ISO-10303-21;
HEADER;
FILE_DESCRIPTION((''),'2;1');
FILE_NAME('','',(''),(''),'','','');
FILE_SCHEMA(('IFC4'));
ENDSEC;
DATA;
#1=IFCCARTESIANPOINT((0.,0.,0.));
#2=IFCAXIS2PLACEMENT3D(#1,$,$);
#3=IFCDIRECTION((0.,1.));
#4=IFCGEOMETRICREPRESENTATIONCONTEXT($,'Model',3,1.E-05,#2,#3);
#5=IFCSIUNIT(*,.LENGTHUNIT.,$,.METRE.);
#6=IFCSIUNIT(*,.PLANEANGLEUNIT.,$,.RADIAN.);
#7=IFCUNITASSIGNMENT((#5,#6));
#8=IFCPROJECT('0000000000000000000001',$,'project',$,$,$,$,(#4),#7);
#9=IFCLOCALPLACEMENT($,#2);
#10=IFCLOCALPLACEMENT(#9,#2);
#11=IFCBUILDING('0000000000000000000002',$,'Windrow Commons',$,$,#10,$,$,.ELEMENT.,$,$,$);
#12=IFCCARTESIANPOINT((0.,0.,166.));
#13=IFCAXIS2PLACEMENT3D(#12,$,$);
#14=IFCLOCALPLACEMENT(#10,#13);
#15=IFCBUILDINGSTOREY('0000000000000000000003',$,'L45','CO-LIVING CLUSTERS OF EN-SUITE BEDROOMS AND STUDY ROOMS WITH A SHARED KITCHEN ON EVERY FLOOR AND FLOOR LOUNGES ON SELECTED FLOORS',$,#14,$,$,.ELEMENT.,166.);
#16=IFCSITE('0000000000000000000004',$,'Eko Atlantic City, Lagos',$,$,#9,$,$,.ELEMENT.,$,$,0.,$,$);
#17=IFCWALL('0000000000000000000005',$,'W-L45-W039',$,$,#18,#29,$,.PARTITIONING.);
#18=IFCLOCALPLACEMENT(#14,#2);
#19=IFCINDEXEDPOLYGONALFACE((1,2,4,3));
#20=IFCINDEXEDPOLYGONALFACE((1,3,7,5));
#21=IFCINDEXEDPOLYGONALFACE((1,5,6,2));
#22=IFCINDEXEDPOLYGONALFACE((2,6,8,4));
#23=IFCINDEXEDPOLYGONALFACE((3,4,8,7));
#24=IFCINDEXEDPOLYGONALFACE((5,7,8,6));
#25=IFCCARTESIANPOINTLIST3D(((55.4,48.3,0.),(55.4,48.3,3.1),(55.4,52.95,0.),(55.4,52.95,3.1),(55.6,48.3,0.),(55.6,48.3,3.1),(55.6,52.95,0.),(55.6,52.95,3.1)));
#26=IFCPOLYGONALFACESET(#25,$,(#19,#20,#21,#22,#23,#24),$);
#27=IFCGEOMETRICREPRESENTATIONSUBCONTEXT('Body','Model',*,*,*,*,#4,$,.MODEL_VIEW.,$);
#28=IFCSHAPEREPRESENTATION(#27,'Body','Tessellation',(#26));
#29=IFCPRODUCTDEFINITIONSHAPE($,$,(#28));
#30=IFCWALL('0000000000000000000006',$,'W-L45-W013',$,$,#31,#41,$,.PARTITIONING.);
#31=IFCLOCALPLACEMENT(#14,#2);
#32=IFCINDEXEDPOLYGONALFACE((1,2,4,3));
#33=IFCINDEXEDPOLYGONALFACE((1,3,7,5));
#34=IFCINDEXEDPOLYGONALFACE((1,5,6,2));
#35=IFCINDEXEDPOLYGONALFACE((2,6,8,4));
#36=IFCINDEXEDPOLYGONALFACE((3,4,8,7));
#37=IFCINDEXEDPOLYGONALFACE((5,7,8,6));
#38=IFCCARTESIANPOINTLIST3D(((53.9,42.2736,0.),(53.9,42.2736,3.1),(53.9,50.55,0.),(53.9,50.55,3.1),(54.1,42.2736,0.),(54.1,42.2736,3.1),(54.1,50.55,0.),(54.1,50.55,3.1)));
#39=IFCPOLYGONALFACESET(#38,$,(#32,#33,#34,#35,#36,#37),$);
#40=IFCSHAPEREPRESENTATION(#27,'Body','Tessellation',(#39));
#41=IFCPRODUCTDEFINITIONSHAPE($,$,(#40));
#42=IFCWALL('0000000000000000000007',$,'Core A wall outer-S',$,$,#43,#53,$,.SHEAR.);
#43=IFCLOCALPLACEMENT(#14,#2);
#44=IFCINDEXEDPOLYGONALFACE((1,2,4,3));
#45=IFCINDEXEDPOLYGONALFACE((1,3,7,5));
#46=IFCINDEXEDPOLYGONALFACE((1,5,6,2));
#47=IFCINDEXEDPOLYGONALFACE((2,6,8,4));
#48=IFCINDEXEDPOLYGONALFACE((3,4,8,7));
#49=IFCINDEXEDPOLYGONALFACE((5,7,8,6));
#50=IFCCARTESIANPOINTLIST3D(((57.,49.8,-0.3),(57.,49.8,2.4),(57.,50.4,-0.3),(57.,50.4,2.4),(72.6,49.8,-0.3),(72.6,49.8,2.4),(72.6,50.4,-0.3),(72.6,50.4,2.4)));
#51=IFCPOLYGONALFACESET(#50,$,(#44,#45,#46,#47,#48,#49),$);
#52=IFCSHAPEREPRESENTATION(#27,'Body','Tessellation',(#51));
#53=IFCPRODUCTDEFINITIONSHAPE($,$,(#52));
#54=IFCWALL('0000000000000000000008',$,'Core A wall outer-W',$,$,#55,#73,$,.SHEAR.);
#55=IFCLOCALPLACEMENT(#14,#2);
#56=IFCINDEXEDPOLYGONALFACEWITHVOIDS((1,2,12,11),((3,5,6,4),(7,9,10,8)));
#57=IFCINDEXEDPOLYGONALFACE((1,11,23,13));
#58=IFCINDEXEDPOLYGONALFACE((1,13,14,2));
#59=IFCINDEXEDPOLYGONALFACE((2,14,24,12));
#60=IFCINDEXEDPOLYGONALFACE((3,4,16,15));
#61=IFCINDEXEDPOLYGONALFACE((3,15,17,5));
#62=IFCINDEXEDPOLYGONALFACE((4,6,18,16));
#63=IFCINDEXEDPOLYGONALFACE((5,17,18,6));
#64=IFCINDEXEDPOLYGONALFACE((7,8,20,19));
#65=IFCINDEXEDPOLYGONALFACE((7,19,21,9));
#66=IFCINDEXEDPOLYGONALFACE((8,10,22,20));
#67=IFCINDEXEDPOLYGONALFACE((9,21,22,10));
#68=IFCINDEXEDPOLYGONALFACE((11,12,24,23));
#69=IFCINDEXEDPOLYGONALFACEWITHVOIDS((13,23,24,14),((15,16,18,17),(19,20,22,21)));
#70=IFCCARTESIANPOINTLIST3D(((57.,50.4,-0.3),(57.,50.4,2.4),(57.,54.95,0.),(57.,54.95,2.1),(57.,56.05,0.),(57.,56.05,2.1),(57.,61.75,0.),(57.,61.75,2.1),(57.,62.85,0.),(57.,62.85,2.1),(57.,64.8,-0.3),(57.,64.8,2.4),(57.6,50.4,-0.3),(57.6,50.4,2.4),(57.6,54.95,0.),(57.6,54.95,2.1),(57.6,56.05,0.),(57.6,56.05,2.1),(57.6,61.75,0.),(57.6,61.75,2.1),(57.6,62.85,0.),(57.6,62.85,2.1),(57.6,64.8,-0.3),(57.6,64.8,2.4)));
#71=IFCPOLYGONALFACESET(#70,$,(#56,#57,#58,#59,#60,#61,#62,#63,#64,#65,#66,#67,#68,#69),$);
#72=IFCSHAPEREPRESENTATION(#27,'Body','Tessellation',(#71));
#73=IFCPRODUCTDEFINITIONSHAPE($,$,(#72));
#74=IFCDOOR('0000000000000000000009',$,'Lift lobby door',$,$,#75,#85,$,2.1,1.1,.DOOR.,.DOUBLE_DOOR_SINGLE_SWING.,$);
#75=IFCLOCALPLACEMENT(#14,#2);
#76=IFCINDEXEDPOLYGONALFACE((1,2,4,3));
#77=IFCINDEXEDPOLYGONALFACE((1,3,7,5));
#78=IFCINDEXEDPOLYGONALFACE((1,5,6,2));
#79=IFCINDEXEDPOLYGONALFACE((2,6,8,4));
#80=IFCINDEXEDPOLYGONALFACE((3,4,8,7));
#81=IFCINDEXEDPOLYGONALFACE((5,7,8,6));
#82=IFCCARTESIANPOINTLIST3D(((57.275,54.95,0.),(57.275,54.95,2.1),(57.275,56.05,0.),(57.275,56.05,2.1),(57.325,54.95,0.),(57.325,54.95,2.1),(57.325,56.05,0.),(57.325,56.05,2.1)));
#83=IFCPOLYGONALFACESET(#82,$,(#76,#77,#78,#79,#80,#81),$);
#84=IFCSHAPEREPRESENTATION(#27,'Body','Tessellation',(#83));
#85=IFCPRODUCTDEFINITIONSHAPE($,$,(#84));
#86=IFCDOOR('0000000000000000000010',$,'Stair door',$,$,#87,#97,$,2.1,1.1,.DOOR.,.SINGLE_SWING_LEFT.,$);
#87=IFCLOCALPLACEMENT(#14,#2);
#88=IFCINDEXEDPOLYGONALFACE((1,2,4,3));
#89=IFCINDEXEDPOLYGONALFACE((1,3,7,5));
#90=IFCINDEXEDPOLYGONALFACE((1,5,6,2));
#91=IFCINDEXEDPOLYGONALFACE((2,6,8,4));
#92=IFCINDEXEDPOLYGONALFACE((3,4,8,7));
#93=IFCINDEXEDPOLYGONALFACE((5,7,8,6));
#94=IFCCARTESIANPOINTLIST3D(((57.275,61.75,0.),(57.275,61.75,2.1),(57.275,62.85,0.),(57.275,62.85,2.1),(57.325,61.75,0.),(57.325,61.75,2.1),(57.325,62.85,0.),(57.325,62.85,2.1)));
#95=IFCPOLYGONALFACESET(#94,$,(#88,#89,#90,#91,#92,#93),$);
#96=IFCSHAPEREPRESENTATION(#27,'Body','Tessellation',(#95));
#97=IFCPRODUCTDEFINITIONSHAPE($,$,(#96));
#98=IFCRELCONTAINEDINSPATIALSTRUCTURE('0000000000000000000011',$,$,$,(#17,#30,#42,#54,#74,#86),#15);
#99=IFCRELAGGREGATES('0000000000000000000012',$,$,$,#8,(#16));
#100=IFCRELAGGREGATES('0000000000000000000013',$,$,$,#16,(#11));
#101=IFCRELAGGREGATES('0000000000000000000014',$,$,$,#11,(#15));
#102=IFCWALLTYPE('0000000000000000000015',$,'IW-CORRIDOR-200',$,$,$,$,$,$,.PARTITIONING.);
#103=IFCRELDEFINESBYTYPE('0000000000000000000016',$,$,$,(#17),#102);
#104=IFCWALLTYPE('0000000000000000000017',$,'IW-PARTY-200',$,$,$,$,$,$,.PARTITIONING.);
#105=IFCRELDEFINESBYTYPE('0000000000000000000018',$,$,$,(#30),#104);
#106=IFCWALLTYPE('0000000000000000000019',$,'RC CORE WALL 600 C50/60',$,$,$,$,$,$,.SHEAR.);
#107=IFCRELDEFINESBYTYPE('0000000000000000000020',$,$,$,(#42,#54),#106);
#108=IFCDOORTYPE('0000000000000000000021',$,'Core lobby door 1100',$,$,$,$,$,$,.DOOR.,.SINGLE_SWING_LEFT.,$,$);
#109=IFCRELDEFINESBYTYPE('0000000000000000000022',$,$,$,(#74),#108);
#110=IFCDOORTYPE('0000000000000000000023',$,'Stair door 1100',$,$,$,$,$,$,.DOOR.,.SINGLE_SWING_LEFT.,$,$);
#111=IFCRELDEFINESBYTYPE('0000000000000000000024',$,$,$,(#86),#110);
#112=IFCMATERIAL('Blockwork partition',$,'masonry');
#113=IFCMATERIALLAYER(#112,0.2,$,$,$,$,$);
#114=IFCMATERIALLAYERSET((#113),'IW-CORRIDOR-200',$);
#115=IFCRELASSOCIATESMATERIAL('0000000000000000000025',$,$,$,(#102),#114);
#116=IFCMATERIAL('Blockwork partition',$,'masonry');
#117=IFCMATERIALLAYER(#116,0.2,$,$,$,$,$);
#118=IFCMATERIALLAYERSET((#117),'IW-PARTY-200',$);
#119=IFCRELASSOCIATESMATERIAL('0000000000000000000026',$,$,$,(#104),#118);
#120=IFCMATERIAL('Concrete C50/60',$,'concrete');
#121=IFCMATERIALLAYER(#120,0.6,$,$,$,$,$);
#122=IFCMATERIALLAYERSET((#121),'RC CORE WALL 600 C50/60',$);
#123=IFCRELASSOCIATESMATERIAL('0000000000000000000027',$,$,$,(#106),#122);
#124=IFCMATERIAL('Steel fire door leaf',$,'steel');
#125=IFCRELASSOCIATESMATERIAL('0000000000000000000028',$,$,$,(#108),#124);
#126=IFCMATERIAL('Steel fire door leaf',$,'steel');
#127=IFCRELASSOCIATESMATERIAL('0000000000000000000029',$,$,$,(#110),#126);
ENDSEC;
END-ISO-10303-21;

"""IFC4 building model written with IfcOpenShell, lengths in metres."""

from ifc_helpers import new_model, si_unit, direction, frame, frame_2d, origin, place, context, subcontext, project, spatial, rectangle, extrude, material, layer, layer_set, type_object, element, fill, save


model = new_model("IFC4")

# Units and contexts
model_context = context("Model", 3, precision=1e-05, world=origin(), true_north=direction((0.0, 1.0)))
body_context = subcontext(model_context, "Body", "Model", "MODEL_VIEW")
ifc_project = project(units=[si_unit("LENGTHUNIT", "METRE"), si_unit("PLANEANGLEUNIT", "RADIAN")], contexts=[model_context])

# Site, building, storey
site_placement = place(None, origin())
site = spatial("IfcSite", under=ifc_project, at=site_placement, Name="Eko Atlantic City, Lagos", CompositionType="ELEMENT", RefElevation=0.0)
building_placement = place(site_placement, origin())
building = spatial("IfcBuilding", under=site, at=building_placement, Name="Windrow Commons", CompositionType="ELEMENT")
storey_placement = place(building_placement, frame((0.0, 0.0, 166.0)))
storey = spatial("IfcBuildingStorey", under=building, at=storey_placement, Name="L45", Description="CO-LIVING CLUSTERS OF EN-SUITE BEDROOMS AND STUDY ROOMS WITH A SHARED KITCHEN ON EVERY FLOOR AND FLOOR LOUNGES ON SELECTED FLOORS", CompositionType="ELEMENT", Elevation=166.0)

# Shared definitions
ifc_material_1 = material(Name="Blockwork partition", Category="masonry")
ifc_layer_1 = layer(ifc_material_1, 0.2)
ifc_layer_set_1 = layer_set([ifc_layer_1], Name="IW-CORRIDOR-200")
wall_type_1 = type_object("IfcWallType", Name="IW-CORRIDOR-200", PredefinedType="PARTITIONING", material=ifc_layer_set_1)

# Walls
wall_1_placement = place(storey_placement, frame((55.5, 48.3, 0.0), z_axis=(0.0, 0.0, 1.0), x_axis=(0.0, 1.0, 0.0)))
element("IfcWall", 1, at=wall_1_placement, inside=storey, type_object=wall_type_1, Name="W-L45-W039", PredefinedType="PARTITIONING", context=body_context, shape_type="SweptSolid", body=[
    extrude(rectangle(XDim=4.65, YDim=0.2, at=frame_2d((2.325, 0.0))), origin(), (0.0, 0.0, 1.0), 3.1),
])
ifc_material_2 = material(Name="Blockwork partition", Category="masonry")
ifc_layer_2 = layer(ifc_material_2, 0.2)
ifc_layer_set_2 = layer_set([ifc_layer_2], Name="IW-PARTY-200")
wall_type_2 = type_object("IfcWallType", Name="IW-PARTY-200", PredefinedType="PARTITIONING", material=ifc_layer_set_2)
wall_2_placement = place(storey_placement, frame((54.0, 42.2735, 0.0), z_axis=(0.0, 0.0, 1.0), x_axis=(0.0, 1.0, 0.0)))
element("IfcWall", 2, at=wall_2_placement, inside=storey, type_object=wall_type_2, Name="W-L45-W013", PredefinedType="PARTITIONING", context=body_context, shape_type="SweptSolid", body=[
    extrude(rectangle(XDim=8.2765, YDim=0.2, at=frame_2d((4.1383, 0.0))), origin(), (0.0, 0.0, 1.0), 3.1),
])
ifc_material_3 = material(Name="Concrete C50/60", Category="concrete")
ifc_layer_3 = layer(ifc_material_3, 0.6)
ifc_layer_set_3 = layer_set([ifc_layer_3], Name="RC CORE WALL 600 C50/60")
wall_type_3 = type_object("IfcWallType", Name="RC CORE WALL 600 C50/60", PredefinedType="SHEAR", material=ifc_layer_set_3)
wall_3_placement = place(storey_placement, frame((57.0, 50.1, -0.3), z_axis=(0.0, 0.0, 1.0), x_axis=(1.0, 0.0, 0.0)))
element("IfcWall", 3, at=wall_3_placement, inside=storey, type_object=wall_type_3, Name="Core A wall outer-S", PredefinedType="SHEAR", context=body_context, shape_type="SweptSolid", body=[
    extrude(rectangle(XDim=15.6, YDim=0.6, at=frame_2d((7.8, 0.0))), origin(), (0.0, 0.0, 1.0), 2.7),
])

# Wall, openings, doors
wall_4_placement = place(storey_placement, frame((57.3, 50.4, -0.3), z_axis=(0.0, 0.0, 1.0), x_axis=(0.0, 1.0, 0.0)))
wall_4 = element("IfcWall", 4, at=wall_4_placement, inside=storey, type_object=wall_type_3, Name="Core A wall outer-W", PredefinedType="SHEAR", context=body_context, shape_type="SweptSolid", body=[
    extrude(rectangle(XDim=14.4, YDim=0.6, at=frame_2d((7.2, 0.0))), origin(), (0.0, 0.0, 1.0), 2.7),
])
opening_1_placement = place(wall_4_placement, frame((4.55, 0.0, 0.3)))
opening_1 = element("IfcOpeningElement", 5, at=opening_1_placement, cuts=wall_4, PredefinedType="OPENING", context=body_context, shape_type="SweptSolid", body=[
    extrude(rectangle(XDim=1.1, YDim=2.1, at=frame_2d((0.55, 1.05))), frame((0.0, 0.31, 0.0), z_axis=(0.0, -1.0, 0.0), x_axis=(1.0, 0.0, 0.0)), (0.0, 0.0, 1.0), 0.62),
])
opening_2_placement = place(wall_4_placement, frame((11.35, 0.0, 0.3)))
opening_2 = element("IfcOpeningElement", 6, at=opening_2_placement, cuts=wall_4, PredefinedType="OPENING", context=body_context, shape_type="SweptSolid", body=[
    extrude(rectangle(XDim=1.1, YDim=2.1, at=frame_2d((0.55, 1.05))), frame((0.0, 0.31, 0.0), z_axis=(0.0, -1.0, 0.0), x_axis=(1.0, 0.0, 0.0)), (0.0, 0.0, 1.0), 0.62),
])
ifc_material_4 = material(Name="Steel fire door leaf", Category="steel")
door_type_1 = type_object("IfcDoorType", Name="Core lobby door 1100", OperationType="SINGLE_SWING_LEFT", PredefinedType="DOOR", material=ifc_material_4)
door_1_placement = place(opening_1_placement, origin())
door_1 = element("IfcDoor", 7, at=door_1_placement, inside=storey, type_object=door_type_1, Name="Lift lobby door", OperationType="DOUBLE_DOOR_SINGLE_SWING", OverallHeight=2.1, OverallWidth=1.1, PredefinedType="DOOR", context=body_context, shape_type="SweptSolid", body=[
    extrude(rectangle(XDim=1.1, YDim=2.1, at=frame_2d((0.55, 1.05))), frame((0.0, 0.025, 0.0), z_axis=(0.0, -1.0, 0.0), x_axis=(1.0, 0.0, 0.0)), (0.0, 0.0, 1.0), 0.05),
])
fill(opening_1, door_1)
ifc_material_5 = material(Name="Steel fire door leaf", Category="steel")
door_type_2 = type_object("IfcDoorType", Name="Stair door 1100", OperationType="SINGLE_SWING_LEFT", PredefinedType="DOOR", material=ifc_material_5)
door_2_placement = place(opening_2_placement, origin())
door_2 = element("IfcDoor", 8, at=door_2_placement, inside=storey, type_object=door_type_2, Name="Stair door", OperationType="SINGLE_SWING_LEFT", OverallHeight=2.1, OverallWidth=1.1, PredefinedType="DOOR", context=body_context, shape_type="SweptSolid", body=[
    extrude(rectangle(XDim=1.1, YDim=2.1, at=frame_2d((0.55, 1.05))), frame((0.0, 0.025, 0.0), z_axis=(0.0, -1.0, 0.0), x_axis=(1.0, 0.0, 0.0)), (0.0, 0.0, 1.0), 0.05),
])
fill(opening_2, door_2)

save(model, "model.ifc")
